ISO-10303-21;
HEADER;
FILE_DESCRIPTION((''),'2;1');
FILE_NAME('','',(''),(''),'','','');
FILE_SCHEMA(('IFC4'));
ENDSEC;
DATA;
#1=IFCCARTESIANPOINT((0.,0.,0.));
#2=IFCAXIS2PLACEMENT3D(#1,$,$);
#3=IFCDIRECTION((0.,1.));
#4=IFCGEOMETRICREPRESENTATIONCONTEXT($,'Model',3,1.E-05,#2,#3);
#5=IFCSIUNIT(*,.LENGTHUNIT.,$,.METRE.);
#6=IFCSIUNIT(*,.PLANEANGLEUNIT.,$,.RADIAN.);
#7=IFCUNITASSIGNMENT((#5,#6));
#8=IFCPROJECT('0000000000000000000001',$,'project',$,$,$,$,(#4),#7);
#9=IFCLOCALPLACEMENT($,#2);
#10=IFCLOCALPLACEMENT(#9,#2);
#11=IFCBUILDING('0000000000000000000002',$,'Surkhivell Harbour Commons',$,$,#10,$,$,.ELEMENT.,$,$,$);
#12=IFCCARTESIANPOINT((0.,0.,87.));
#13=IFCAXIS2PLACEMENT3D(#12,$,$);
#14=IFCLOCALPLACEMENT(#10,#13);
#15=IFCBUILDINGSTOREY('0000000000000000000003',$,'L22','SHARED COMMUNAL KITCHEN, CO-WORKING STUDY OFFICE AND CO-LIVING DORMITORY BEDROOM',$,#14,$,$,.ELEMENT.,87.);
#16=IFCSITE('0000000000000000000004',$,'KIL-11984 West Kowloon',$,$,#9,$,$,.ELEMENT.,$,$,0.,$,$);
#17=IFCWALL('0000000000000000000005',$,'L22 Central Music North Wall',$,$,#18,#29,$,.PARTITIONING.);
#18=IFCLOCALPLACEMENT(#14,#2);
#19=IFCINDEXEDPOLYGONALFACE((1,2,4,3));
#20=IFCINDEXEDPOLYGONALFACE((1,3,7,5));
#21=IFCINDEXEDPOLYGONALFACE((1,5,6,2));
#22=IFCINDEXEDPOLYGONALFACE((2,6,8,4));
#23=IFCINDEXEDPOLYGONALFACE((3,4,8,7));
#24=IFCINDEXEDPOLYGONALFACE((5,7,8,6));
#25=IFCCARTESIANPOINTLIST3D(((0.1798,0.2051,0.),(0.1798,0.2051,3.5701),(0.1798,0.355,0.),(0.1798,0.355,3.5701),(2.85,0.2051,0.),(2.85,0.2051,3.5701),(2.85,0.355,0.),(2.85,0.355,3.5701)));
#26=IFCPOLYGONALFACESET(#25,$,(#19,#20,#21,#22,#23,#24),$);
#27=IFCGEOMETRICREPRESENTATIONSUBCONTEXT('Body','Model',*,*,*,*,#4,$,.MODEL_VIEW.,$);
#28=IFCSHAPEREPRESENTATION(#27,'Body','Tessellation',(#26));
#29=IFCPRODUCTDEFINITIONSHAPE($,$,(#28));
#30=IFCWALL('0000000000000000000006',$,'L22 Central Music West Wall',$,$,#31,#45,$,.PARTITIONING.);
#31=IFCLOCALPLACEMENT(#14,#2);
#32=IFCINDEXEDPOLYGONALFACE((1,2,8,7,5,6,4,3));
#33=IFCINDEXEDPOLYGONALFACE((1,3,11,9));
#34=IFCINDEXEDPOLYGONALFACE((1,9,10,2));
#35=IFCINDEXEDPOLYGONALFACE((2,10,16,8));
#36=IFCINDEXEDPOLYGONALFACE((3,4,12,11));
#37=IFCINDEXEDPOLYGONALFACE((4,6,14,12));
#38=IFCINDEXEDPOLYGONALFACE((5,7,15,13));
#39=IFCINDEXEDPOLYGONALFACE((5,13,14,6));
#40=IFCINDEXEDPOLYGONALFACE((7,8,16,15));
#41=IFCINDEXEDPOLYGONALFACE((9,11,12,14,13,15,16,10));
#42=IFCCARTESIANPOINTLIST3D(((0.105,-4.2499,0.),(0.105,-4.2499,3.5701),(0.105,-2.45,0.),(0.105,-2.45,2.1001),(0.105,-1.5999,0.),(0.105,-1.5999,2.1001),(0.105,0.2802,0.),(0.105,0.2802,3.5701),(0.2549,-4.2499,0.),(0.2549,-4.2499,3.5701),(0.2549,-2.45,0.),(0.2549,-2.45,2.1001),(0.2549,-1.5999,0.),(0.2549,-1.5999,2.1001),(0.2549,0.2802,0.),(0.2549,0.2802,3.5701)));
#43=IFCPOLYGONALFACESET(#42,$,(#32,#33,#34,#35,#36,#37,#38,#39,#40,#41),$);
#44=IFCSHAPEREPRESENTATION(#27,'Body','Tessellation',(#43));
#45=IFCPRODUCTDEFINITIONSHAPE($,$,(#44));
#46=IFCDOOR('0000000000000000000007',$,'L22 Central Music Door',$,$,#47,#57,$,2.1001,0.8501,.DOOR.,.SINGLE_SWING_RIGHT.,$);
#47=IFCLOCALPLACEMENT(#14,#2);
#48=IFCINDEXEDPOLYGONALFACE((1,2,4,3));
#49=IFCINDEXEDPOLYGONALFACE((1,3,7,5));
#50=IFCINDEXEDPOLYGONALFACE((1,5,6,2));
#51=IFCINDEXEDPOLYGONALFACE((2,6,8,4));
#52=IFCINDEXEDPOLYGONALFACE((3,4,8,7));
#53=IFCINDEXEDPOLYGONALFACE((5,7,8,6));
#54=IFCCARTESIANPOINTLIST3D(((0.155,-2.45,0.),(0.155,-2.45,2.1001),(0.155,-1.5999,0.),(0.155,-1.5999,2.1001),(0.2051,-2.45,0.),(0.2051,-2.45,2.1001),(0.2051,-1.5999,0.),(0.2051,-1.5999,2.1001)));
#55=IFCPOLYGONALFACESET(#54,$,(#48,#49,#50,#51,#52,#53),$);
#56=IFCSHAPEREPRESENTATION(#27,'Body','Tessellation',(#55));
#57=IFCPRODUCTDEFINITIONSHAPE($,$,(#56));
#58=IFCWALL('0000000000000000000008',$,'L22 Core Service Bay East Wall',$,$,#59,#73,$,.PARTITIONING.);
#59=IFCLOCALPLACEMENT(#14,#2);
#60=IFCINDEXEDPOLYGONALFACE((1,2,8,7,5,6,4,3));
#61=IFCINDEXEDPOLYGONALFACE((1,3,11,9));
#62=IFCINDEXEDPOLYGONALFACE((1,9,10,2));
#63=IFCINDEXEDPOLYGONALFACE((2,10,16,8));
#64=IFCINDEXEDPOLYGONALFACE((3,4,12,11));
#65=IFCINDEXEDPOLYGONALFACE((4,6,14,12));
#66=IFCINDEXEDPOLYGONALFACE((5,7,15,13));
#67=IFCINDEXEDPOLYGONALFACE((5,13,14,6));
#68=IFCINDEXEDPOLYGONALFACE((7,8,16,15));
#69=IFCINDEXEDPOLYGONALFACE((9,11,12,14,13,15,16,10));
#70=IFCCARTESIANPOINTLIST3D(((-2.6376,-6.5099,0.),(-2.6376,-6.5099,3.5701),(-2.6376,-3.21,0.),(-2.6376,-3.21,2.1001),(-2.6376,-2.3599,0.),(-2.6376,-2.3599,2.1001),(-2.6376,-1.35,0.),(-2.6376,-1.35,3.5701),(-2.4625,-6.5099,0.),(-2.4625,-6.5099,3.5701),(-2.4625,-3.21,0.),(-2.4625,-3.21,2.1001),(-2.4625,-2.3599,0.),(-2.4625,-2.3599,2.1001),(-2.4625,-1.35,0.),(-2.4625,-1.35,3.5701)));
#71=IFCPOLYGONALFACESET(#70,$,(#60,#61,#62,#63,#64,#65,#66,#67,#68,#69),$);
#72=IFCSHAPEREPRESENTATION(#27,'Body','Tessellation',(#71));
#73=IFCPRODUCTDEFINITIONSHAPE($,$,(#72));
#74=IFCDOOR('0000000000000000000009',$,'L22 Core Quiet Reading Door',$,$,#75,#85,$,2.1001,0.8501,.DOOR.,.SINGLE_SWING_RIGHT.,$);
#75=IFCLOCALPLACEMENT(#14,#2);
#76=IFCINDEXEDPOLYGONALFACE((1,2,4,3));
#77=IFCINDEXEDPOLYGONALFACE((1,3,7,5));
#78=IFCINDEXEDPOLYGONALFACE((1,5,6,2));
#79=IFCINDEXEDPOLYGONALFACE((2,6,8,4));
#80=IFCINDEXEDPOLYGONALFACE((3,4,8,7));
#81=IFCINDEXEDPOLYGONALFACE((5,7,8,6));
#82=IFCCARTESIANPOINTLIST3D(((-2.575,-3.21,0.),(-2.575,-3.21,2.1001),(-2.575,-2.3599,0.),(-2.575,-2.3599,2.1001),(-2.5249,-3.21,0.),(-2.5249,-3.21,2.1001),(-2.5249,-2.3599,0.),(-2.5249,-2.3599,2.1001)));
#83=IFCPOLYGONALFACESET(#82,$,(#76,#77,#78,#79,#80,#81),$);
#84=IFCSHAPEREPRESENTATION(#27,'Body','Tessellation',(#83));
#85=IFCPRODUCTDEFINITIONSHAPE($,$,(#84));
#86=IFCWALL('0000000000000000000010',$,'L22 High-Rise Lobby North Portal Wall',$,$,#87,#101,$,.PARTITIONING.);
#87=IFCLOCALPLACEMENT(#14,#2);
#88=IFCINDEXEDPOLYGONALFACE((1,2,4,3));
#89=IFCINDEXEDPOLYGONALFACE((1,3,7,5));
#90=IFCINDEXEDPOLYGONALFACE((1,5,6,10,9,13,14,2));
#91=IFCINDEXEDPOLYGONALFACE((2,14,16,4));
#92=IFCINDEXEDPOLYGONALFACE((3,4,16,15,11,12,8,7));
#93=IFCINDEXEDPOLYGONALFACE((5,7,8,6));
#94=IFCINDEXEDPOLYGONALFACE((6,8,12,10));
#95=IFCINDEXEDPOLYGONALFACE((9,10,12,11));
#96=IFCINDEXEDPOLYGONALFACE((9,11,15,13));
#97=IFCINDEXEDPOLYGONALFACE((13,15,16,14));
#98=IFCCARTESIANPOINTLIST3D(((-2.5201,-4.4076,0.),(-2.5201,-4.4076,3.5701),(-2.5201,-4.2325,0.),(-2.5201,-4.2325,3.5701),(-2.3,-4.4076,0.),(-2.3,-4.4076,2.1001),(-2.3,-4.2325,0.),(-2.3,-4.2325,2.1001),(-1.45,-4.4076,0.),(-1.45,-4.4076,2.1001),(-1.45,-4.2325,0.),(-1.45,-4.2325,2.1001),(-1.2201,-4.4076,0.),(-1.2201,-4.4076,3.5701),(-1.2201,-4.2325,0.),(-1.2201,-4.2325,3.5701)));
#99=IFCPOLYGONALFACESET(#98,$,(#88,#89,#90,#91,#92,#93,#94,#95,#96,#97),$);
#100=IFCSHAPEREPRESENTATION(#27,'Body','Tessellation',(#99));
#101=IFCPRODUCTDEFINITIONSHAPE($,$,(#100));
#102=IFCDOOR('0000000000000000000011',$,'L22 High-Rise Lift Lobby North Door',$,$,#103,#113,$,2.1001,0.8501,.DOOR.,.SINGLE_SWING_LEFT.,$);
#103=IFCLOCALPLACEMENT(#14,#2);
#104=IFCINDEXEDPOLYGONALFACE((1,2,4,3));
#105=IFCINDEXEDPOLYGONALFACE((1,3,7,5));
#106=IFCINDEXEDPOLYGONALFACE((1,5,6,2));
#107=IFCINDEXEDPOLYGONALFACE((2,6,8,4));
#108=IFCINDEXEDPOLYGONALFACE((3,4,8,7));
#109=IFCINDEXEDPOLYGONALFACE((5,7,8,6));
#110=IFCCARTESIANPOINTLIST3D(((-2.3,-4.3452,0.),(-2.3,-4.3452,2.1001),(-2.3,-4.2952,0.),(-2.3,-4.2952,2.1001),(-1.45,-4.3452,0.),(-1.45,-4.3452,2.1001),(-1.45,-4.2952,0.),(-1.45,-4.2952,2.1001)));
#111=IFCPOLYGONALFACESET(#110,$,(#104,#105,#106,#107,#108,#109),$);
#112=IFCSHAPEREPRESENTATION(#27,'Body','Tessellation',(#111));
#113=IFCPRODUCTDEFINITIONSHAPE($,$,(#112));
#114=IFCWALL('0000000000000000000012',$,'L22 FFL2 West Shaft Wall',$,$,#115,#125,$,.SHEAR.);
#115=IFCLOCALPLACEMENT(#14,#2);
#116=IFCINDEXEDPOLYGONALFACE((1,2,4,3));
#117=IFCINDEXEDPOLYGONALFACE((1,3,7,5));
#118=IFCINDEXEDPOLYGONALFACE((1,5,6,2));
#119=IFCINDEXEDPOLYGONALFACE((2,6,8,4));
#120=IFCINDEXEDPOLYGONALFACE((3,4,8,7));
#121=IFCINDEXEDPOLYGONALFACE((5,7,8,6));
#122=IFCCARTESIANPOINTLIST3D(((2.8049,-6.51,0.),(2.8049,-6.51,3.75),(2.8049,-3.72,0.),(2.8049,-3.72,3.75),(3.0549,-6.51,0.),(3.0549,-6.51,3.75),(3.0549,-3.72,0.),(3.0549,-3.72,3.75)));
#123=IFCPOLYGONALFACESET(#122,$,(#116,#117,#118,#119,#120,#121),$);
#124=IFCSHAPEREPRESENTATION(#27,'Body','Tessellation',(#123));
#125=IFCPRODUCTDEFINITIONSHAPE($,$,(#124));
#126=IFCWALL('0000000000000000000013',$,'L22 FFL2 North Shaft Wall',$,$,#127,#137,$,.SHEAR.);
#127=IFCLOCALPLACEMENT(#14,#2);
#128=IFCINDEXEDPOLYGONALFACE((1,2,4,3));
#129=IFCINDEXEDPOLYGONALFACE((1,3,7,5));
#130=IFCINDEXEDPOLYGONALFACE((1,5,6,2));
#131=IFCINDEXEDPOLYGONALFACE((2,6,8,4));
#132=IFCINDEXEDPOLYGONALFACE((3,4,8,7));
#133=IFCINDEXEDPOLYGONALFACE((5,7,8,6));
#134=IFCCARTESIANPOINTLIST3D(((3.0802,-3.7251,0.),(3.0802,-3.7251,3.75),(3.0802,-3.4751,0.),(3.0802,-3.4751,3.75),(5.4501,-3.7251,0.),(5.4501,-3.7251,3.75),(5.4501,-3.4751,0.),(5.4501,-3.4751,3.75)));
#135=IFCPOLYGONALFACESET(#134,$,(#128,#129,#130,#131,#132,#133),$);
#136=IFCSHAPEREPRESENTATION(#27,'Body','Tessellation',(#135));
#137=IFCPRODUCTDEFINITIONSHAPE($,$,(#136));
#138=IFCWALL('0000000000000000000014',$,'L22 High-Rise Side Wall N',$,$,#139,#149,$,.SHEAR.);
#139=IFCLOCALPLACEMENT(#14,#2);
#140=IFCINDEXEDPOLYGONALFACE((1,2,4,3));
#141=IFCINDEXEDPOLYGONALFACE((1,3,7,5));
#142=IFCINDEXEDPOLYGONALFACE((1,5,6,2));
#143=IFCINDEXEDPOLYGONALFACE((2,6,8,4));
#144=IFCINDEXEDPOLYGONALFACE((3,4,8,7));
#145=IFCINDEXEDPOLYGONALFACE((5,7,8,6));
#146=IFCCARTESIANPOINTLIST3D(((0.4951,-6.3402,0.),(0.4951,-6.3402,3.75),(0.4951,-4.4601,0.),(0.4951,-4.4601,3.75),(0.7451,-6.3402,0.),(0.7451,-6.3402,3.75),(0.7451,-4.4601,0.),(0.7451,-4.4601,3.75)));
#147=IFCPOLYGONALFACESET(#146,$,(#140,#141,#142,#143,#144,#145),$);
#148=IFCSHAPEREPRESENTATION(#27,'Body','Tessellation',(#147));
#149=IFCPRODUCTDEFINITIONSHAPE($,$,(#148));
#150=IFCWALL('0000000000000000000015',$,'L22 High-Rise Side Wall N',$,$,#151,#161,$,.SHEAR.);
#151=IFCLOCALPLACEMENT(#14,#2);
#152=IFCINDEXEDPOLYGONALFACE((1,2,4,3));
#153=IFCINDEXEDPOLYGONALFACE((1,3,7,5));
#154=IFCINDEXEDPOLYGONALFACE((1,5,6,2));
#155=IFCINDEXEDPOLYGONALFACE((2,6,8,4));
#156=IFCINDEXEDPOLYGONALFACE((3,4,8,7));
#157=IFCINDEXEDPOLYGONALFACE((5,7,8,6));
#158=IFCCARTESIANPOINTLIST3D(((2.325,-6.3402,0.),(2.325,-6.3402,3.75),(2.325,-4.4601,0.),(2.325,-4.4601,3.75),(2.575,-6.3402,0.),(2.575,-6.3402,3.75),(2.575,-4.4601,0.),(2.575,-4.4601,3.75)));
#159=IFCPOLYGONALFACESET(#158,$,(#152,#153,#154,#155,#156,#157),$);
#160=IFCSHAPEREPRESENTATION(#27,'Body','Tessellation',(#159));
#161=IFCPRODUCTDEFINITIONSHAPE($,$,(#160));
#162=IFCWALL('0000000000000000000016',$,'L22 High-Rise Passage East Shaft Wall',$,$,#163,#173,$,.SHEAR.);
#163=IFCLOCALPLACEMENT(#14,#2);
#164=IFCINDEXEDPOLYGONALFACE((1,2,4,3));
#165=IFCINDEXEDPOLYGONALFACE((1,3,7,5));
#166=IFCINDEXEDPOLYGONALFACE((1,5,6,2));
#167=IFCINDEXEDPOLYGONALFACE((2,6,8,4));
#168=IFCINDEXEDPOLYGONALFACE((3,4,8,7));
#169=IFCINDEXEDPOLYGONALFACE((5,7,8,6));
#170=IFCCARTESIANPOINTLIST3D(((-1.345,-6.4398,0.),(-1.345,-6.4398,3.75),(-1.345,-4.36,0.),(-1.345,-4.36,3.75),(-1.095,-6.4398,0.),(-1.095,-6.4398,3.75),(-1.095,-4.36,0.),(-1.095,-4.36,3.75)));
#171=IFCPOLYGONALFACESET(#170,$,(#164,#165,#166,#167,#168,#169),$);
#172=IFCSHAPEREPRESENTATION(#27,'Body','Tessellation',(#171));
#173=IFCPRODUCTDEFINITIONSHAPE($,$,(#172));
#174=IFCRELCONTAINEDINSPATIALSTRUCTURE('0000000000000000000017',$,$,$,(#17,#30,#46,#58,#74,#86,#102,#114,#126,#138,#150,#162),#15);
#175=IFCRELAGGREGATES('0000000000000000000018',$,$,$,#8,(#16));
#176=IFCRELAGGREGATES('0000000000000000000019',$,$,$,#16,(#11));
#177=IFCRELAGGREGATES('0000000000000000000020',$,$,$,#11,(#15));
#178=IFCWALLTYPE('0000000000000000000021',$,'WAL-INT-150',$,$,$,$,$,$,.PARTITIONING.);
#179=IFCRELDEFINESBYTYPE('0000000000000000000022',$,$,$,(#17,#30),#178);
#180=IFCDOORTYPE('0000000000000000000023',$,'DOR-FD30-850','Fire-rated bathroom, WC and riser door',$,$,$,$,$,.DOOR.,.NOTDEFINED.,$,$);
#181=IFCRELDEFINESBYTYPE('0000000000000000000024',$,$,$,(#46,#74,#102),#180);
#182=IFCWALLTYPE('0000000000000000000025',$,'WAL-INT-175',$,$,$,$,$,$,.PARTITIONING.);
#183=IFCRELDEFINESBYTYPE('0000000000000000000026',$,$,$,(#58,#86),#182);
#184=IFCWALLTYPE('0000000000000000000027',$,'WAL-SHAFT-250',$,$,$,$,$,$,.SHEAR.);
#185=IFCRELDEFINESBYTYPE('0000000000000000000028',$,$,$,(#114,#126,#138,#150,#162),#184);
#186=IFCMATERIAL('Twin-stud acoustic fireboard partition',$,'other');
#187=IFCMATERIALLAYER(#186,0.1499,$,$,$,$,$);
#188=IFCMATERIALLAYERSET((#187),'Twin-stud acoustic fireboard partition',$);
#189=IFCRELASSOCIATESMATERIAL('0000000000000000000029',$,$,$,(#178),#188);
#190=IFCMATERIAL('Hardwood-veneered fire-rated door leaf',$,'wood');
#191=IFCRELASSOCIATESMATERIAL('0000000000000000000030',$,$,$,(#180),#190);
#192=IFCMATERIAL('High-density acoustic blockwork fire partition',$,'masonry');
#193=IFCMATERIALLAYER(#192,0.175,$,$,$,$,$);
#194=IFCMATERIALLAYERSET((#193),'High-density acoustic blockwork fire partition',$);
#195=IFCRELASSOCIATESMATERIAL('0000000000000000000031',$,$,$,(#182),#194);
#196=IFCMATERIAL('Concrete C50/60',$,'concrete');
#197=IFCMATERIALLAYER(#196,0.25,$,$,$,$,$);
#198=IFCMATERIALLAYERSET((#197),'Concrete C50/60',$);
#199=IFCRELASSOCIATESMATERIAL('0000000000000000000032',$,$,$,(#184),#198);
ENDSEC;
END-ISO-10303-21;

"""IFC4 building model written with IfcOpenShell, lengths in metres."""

from ifc_helpers import new_model, si_unit, direction, frame, frame_2d, origin, place, context, subcontext, project, spatial, rectangle, extrude, material, layer, layer_set, type_object, element, fill, save


model = new_model("IFC4")

# Units and contexts
model_context = context("Model", 3, precision=1e-05, world=origin(), true_north=direction((0.0, 1.0)))
body_context = subcontext(model_context, "Body", "Model", "MODEL_VIEW")
ifc_project = project(units=[si_unit("LENGTHUNIT", "METRE"), si_unit("PLANEANGLEUNIT", "RADIAN")], contexts=[model_context])

# Site, building, storey
site_placement = place(None, origin())
site = spatial("IfcSite", under=ifc_project, at=site_placement, Name="KIL-11984 West Kowloon", CompositionType="ELEMENT", RefElevation=0.0)
building_placement = place(site_placement, origin())
building = spatial("IfcBuilding", under=site, at=building_placement, Name="Surkhivell Harbour Commons", CompositionType="ELEMENT")
storey_placement = place(building_placement, frame((0.0, 0.0, 87.0)))
storey = spatial("IfcBuildingStorey", under=building, at=storey_placement, Name="L22", Description="SHARED COMMUNAL KITCHEN, CO-WORKING STUDY OFFICE AND CO-LIVING DORMITORY BEDROOM", CompositionType="ELEMENT", Elevation=87.0)

# Wall
ifc_material_1 = material(Name="Twin-stud acoustic fireboard partition", Category="other")
ifc_layer_1 = layer(ifc_material_1, 0.1499)
ifc_layer_set_1 = layer_set([ifc_layer_1], Name="Twin-stud acoustic fireboard partition")
wall_type_1 = type_object("IfcWallType", Name="WAL-INT-150", PredefinedType="PARTITIONING", material=ifc_layer_set_1)
wall_1_placement = place(storey_placement, frame((0.1799, 0.28, 0.0), z_axis=(0.0, 0.0, 1.0), x_axis=(1.0, 0.0, 0.0)))
element("IfcWall", 1, at=wall_1_placement, inside=storey, type_object=wall_type_1, Name="L22 Central Music North Wall", PredefinedType="PARTITIONING", context=body_context, shape_type="SweptSolid", body=[
    extrude(rectangle(XDim=2.6702, YDim=0.1499, at=frame_2d((1.335, 0.0))), origin(), (0.0, 0.0, 1.0), 3.5701),
])

# Walls, openings, doors
wall_2_placement = place(storey_placement, frame((0.1799, -4.25, 0.0), z_axis=(0.0, 0.0, 1.0), x_axis=(0.0, 1.0, 0.0)))
wall_2 = element("IfcWall", 2, at=wall_2_placement, inside=storey, type_object=wall_type_1, Name="L22 Central Music West Wall", PredefinedType="PARTITIONING", context=body_context, shape_type="SweptSolid", body=[
    extrude(rectangle(XDim=4.53, YDim=0.1499, at=frame_2d((2.2651, 0.0))), origin(), (0.0, 0.0, 1.0), 3.5701),
])
opening_1_placement = place(wall_2_placement, frame((1.8, 0.0, 0.0)))
opening_1 = element("IfcOpeningElement", 3, at=opening_1_placement, cuts=wall_2, PredefinedType="OPENING", context=body_context, shape_type="SweptSolid", body=[
    extrude(rectangle(XDim=0.8501, YDim=2.1001, at=frame_2d((0.425, 1.05))), frame((0.0, 0.085, 0.0), z_axis=(0.0, -1.0, 0.0), x_axis=(1.0, 0.0, 0.0)), (0.0, 0.0, 1.0), 0.1699),
])
ifc_material_2 = material(Name="Hardwood-veneered fire-rated door leaf", Category="wood")
door_type_1 = type_object("IfcDoorType", Name="DOR-FD30-850", Description="Fire-rated bathroom, WC and riser door", OperationType="NOTDEFINED", PredefinedType="DOOR", material=ifc_material_2)
door_1_placement = place(opening_1_placement, origin())
door_1 = element("IfcDoor", 4, at=door_1_placement, inside=storey, type_object=door_type_1, Name="L22 Central Music Door", OperationType="SINGLE_SWING_RIGHT", OverallHeight=2.1001, OverallWidth=0.8501, PredefinedType="DOOR", context=body_context, shape_type="SweptSolid", body=[
    extrude(rectangle(XDim=0.8501, YDim=2.1001, at=frame_2d((0.425, 1.05))), frame((0.0, 0.0249, 0.0), z_axis=(0.0, -1.0, 0.0), x_axis=(1.0, 0.0, 0.0)), (0.0, 0.0, 1.0), 0.05),
])
fill(opening_1, door_1)
ifc_material_3 = material(Name="High-density acoustic blockwork fire partition", Category="masonry")
ifc_layer_2 = layer(ifc_material_3, 0.175)
ifc_layer_set_2 = layer_set([ifc_layer_2], Name="High-density acoustic blockwork fire partition")
wall_type_2 = type_object("IfcWallType", Name="WAL-INT-175", PredefinedType="PARTITIONING", material=ifc_layer_set_2)
wall_3_placement = place(storey_placement, frame((-2.55, -6.51, 0.0), z_axis=(0.0, 0.0, 1.0), x_axis=(0.0, 1.0, 0.0)))
wall_3 = element("IfcWall", 5, at=wall_3_placement, inside=storey, type_object=wall_type_2, Name="L22 Core Service Bay East Wall", PredefinedType="PARTITIONING", context=body_context, shape_type="SweptSolid", body=[
    extrude(rectangle(XDim=5.1599, YDim=0.175, at=frame_2d((2.5801, 0.0))), origin(), (0.0, 0.0, 1.0), 3.5701),
])
opening_2_placement = place(wall_3_placement, frame((3.3, 0.0, 0.0)))
opening_2 = element("IfcOpeningElement", 6, at=opening_2_placement, cuts=wall_3, PredefinedType="OPENING", context=body_context, shape_type="SweptSolid", body=[
    extrude(rectangle(XDim=0.8501, YDim=2.1001, at=frame_2d((0.425, 1.05))), frame((0.0, 0.0974, 0.0), z_axis=(0.0, -1.0, 0.0), x_axis=(1.0, 0.0, 0.0)), (0.0, 0.0, 1.0), 0.1951),
])
door_2_placement = place(opening_2_placement, origin())
door_2 = element("IfcDoor", 7, at=door_2_placement, inside=storey, type_object=door_type_1, Name="L22 Core Quiet Reading Door", OperationType="SINGLE_SWING_RIGHT", OverallHeight=2.1001, OverallWidth=0.8501, PredefinedType="DOOR", context=body_context, shape_type="SweptSolid", body=[
    extrude(rectangle(XDim=0.8501, YDim=2.1001, at=frame_2d((0.425, 1.05))), frame((0.0, 0.0249, 0.0), z_axis=(0.0, -1.0, 0.0), x_axis=(1.0, 0.0, 0.0)), (0.0, 0.0, 1.0), 0.05),
])
fill(opening_2, door_2)
wall_4_placement = place(storey_placement, frame((-2.52, -4.3201, 0.0), z_axis=(0.0, 0.0, 1.0), x_axis=(1.0, 0.0, 0.0)))
wall_4 = element("IfcWall", 8, at=wall_4_placement, inside=storey, type_object=wall_type_2, Name="L22 High-Rise Lobby North Portal Wall", PredefinedType="PARTITIONING", context=body_context, shape_type="SweptSolid", body=[
    extrude(rectangle(XDim=1.3, YDim=0.175, at=frame_2d((0.6499, 0.0))), origin(), (0.0, 0.0, 1.0), 3.5701),
])
opening_3_placement = place(wall_4_placement, frame((0.22, 0.0, 0.0)))
opening_3 = element("IfcOpeningElement", 9, at=opening_3_placement, cuts=wall_4, PredefinedType="OPENING", context=body_context, shape_type="SweptSolid", body=[
    extrude(rectangle(XDim=0.8501, YDim=2.1001, at=frame_2d((0.425, 1.05))), frame((0.0, 0.0974, 0.0), z_axis=(0.0, -1.0, 0.0), x_axis=(1.0, 0.0, 0.0)), (0.0, 0.0, 1.0), 0.1951),
])
door_3_placement = place(opening_3_placement, origin())
door_3 = element("IfcDoor", 10, at=door_3_placement, inside=storey, type_object=door_type_1, Name="L22 High-Rise Lift Lobby North Door", OperationType="SINGLE_SWING_LEFT", OverallHeight=2.1001, OverallWidth=0.8501, PredefinedType="DOOR", context=body_context, shape_type="SweptSolid", body=[
    extrude(rectangle(XDim=0.8501, YDim=2.1001, at=frame_2d((0.425, 1.05))), frame((0.0, 0.0249, 0.0), z_axis=(0.0, -1.0, 0.0), x_axis=(1.0, 0.0, 0.0)), (0.0, 0.0, 1.0), 0.05),
])
fill(opening_3, door_3)

# Walls
ifc_material_4 = material(Name="Concrete C50/60", Category="concrete")
ifc_layer_3 = layer(ifc_material_4, 0.25)
ifc_layer_set_3 = layer_set([ifc_layer_3], Name="Concrete C50/60")
wall_type_3 = type_object("IfcWallType", Name="WAL-SHAFT-250", PredefinedType="SHEAR", material=ifc_layer_set_3)
wall_5_placement = place(storey_placement, frame((2.9299, -6.51, 0.0), z_axis=(0.0, 0.0, 1.0), x_axis=(0.0, 1.0, 0.0)))
element("IfcWall", 11, at=wall_5_placement, inside=storey, type_object=wall_type_3, Name="L22 FFL2 West Shaft Wall", PredefinedType="SHEAR", context=body_context, shape_type="SweptSolid", body=[
    extrude(rectangle(XDim=2.79, YDim=0.25, at=frame_2d((1.395, 0.0))), origin(), (0.0, 0.0, 1.0), 3.75),
])
wall_6_placement = place(storey_placement, frame((3.0801, -3.6001, 0.0), z_axis=(0.0, 0.0, 1.0), x_axis=(1.0, 0.0, 0.0)))
element("IfcWall", 12, at=wall_6_placement, inside=storey, type_object=wall_type_3, Name="L22 FFL2 North Shaft Wall", PredefinedType="SHEAR", context=body_context, shape_type="SweptSolid", body=[
    extrude(rectangle(XDim=2.3699, YDim=0.25, at=frame_2d((1.1851, 0.0))), origin(), (0.0, 0.0, 1.0), 3.75),
])
for number, where, z_axis, x_axis, name in (
    (13, (0.6201, -6.3401, 0.0), (0.0, 0.0, 1.0), (0.0, 1.0, 0.0), "L22 High-Rise Side Wall N"),
    (14, (2.45, -6.3401, 0.0), (0.0, 0.0, 1.0), (0.0, 1.0, 0.0), "L22 High-Rise Side Wall N"),
):
    element("IfcWall", number, at=place(storey_placement, frame(where, z_axis=z_axis, x_axis=x_axis)), inside=storey, type_object=wall_type_3, Name=name, PredefinedType="SHEAR", context=body_context, shape_type="SweptSolid", body=[
        extrude(rectangle(XDim=1.8801, YDim=0.25, at=frame_2d((0.9399, 0.0))), origin(), (0.0, 0.0, 1.0), 3.75),
    ])
wall_7_placement = place(storey_placement, frame((-1.22, -6.4399, 0.0), z_axis=(0.0, 0.0, 1.0), x_axis=(0.0, 1.0, 0.0)))
element("IfcWall", 15, at=wall_7_placement, inside=storey, type_object=wall_type_3, Name="L22 High-Rise Passage East Shaft Wall", PredefinedType="SHEAR", context=body_context, shape_type="SweptSolid", body=[
    extrude(rectangle(XDim=2.0798, YDim=0.25, at=frame_2d((1.04, 0.0))), origin(), (0.0, 0.0, 1.0), 3.75),
])

save(model, "model.ifc")
